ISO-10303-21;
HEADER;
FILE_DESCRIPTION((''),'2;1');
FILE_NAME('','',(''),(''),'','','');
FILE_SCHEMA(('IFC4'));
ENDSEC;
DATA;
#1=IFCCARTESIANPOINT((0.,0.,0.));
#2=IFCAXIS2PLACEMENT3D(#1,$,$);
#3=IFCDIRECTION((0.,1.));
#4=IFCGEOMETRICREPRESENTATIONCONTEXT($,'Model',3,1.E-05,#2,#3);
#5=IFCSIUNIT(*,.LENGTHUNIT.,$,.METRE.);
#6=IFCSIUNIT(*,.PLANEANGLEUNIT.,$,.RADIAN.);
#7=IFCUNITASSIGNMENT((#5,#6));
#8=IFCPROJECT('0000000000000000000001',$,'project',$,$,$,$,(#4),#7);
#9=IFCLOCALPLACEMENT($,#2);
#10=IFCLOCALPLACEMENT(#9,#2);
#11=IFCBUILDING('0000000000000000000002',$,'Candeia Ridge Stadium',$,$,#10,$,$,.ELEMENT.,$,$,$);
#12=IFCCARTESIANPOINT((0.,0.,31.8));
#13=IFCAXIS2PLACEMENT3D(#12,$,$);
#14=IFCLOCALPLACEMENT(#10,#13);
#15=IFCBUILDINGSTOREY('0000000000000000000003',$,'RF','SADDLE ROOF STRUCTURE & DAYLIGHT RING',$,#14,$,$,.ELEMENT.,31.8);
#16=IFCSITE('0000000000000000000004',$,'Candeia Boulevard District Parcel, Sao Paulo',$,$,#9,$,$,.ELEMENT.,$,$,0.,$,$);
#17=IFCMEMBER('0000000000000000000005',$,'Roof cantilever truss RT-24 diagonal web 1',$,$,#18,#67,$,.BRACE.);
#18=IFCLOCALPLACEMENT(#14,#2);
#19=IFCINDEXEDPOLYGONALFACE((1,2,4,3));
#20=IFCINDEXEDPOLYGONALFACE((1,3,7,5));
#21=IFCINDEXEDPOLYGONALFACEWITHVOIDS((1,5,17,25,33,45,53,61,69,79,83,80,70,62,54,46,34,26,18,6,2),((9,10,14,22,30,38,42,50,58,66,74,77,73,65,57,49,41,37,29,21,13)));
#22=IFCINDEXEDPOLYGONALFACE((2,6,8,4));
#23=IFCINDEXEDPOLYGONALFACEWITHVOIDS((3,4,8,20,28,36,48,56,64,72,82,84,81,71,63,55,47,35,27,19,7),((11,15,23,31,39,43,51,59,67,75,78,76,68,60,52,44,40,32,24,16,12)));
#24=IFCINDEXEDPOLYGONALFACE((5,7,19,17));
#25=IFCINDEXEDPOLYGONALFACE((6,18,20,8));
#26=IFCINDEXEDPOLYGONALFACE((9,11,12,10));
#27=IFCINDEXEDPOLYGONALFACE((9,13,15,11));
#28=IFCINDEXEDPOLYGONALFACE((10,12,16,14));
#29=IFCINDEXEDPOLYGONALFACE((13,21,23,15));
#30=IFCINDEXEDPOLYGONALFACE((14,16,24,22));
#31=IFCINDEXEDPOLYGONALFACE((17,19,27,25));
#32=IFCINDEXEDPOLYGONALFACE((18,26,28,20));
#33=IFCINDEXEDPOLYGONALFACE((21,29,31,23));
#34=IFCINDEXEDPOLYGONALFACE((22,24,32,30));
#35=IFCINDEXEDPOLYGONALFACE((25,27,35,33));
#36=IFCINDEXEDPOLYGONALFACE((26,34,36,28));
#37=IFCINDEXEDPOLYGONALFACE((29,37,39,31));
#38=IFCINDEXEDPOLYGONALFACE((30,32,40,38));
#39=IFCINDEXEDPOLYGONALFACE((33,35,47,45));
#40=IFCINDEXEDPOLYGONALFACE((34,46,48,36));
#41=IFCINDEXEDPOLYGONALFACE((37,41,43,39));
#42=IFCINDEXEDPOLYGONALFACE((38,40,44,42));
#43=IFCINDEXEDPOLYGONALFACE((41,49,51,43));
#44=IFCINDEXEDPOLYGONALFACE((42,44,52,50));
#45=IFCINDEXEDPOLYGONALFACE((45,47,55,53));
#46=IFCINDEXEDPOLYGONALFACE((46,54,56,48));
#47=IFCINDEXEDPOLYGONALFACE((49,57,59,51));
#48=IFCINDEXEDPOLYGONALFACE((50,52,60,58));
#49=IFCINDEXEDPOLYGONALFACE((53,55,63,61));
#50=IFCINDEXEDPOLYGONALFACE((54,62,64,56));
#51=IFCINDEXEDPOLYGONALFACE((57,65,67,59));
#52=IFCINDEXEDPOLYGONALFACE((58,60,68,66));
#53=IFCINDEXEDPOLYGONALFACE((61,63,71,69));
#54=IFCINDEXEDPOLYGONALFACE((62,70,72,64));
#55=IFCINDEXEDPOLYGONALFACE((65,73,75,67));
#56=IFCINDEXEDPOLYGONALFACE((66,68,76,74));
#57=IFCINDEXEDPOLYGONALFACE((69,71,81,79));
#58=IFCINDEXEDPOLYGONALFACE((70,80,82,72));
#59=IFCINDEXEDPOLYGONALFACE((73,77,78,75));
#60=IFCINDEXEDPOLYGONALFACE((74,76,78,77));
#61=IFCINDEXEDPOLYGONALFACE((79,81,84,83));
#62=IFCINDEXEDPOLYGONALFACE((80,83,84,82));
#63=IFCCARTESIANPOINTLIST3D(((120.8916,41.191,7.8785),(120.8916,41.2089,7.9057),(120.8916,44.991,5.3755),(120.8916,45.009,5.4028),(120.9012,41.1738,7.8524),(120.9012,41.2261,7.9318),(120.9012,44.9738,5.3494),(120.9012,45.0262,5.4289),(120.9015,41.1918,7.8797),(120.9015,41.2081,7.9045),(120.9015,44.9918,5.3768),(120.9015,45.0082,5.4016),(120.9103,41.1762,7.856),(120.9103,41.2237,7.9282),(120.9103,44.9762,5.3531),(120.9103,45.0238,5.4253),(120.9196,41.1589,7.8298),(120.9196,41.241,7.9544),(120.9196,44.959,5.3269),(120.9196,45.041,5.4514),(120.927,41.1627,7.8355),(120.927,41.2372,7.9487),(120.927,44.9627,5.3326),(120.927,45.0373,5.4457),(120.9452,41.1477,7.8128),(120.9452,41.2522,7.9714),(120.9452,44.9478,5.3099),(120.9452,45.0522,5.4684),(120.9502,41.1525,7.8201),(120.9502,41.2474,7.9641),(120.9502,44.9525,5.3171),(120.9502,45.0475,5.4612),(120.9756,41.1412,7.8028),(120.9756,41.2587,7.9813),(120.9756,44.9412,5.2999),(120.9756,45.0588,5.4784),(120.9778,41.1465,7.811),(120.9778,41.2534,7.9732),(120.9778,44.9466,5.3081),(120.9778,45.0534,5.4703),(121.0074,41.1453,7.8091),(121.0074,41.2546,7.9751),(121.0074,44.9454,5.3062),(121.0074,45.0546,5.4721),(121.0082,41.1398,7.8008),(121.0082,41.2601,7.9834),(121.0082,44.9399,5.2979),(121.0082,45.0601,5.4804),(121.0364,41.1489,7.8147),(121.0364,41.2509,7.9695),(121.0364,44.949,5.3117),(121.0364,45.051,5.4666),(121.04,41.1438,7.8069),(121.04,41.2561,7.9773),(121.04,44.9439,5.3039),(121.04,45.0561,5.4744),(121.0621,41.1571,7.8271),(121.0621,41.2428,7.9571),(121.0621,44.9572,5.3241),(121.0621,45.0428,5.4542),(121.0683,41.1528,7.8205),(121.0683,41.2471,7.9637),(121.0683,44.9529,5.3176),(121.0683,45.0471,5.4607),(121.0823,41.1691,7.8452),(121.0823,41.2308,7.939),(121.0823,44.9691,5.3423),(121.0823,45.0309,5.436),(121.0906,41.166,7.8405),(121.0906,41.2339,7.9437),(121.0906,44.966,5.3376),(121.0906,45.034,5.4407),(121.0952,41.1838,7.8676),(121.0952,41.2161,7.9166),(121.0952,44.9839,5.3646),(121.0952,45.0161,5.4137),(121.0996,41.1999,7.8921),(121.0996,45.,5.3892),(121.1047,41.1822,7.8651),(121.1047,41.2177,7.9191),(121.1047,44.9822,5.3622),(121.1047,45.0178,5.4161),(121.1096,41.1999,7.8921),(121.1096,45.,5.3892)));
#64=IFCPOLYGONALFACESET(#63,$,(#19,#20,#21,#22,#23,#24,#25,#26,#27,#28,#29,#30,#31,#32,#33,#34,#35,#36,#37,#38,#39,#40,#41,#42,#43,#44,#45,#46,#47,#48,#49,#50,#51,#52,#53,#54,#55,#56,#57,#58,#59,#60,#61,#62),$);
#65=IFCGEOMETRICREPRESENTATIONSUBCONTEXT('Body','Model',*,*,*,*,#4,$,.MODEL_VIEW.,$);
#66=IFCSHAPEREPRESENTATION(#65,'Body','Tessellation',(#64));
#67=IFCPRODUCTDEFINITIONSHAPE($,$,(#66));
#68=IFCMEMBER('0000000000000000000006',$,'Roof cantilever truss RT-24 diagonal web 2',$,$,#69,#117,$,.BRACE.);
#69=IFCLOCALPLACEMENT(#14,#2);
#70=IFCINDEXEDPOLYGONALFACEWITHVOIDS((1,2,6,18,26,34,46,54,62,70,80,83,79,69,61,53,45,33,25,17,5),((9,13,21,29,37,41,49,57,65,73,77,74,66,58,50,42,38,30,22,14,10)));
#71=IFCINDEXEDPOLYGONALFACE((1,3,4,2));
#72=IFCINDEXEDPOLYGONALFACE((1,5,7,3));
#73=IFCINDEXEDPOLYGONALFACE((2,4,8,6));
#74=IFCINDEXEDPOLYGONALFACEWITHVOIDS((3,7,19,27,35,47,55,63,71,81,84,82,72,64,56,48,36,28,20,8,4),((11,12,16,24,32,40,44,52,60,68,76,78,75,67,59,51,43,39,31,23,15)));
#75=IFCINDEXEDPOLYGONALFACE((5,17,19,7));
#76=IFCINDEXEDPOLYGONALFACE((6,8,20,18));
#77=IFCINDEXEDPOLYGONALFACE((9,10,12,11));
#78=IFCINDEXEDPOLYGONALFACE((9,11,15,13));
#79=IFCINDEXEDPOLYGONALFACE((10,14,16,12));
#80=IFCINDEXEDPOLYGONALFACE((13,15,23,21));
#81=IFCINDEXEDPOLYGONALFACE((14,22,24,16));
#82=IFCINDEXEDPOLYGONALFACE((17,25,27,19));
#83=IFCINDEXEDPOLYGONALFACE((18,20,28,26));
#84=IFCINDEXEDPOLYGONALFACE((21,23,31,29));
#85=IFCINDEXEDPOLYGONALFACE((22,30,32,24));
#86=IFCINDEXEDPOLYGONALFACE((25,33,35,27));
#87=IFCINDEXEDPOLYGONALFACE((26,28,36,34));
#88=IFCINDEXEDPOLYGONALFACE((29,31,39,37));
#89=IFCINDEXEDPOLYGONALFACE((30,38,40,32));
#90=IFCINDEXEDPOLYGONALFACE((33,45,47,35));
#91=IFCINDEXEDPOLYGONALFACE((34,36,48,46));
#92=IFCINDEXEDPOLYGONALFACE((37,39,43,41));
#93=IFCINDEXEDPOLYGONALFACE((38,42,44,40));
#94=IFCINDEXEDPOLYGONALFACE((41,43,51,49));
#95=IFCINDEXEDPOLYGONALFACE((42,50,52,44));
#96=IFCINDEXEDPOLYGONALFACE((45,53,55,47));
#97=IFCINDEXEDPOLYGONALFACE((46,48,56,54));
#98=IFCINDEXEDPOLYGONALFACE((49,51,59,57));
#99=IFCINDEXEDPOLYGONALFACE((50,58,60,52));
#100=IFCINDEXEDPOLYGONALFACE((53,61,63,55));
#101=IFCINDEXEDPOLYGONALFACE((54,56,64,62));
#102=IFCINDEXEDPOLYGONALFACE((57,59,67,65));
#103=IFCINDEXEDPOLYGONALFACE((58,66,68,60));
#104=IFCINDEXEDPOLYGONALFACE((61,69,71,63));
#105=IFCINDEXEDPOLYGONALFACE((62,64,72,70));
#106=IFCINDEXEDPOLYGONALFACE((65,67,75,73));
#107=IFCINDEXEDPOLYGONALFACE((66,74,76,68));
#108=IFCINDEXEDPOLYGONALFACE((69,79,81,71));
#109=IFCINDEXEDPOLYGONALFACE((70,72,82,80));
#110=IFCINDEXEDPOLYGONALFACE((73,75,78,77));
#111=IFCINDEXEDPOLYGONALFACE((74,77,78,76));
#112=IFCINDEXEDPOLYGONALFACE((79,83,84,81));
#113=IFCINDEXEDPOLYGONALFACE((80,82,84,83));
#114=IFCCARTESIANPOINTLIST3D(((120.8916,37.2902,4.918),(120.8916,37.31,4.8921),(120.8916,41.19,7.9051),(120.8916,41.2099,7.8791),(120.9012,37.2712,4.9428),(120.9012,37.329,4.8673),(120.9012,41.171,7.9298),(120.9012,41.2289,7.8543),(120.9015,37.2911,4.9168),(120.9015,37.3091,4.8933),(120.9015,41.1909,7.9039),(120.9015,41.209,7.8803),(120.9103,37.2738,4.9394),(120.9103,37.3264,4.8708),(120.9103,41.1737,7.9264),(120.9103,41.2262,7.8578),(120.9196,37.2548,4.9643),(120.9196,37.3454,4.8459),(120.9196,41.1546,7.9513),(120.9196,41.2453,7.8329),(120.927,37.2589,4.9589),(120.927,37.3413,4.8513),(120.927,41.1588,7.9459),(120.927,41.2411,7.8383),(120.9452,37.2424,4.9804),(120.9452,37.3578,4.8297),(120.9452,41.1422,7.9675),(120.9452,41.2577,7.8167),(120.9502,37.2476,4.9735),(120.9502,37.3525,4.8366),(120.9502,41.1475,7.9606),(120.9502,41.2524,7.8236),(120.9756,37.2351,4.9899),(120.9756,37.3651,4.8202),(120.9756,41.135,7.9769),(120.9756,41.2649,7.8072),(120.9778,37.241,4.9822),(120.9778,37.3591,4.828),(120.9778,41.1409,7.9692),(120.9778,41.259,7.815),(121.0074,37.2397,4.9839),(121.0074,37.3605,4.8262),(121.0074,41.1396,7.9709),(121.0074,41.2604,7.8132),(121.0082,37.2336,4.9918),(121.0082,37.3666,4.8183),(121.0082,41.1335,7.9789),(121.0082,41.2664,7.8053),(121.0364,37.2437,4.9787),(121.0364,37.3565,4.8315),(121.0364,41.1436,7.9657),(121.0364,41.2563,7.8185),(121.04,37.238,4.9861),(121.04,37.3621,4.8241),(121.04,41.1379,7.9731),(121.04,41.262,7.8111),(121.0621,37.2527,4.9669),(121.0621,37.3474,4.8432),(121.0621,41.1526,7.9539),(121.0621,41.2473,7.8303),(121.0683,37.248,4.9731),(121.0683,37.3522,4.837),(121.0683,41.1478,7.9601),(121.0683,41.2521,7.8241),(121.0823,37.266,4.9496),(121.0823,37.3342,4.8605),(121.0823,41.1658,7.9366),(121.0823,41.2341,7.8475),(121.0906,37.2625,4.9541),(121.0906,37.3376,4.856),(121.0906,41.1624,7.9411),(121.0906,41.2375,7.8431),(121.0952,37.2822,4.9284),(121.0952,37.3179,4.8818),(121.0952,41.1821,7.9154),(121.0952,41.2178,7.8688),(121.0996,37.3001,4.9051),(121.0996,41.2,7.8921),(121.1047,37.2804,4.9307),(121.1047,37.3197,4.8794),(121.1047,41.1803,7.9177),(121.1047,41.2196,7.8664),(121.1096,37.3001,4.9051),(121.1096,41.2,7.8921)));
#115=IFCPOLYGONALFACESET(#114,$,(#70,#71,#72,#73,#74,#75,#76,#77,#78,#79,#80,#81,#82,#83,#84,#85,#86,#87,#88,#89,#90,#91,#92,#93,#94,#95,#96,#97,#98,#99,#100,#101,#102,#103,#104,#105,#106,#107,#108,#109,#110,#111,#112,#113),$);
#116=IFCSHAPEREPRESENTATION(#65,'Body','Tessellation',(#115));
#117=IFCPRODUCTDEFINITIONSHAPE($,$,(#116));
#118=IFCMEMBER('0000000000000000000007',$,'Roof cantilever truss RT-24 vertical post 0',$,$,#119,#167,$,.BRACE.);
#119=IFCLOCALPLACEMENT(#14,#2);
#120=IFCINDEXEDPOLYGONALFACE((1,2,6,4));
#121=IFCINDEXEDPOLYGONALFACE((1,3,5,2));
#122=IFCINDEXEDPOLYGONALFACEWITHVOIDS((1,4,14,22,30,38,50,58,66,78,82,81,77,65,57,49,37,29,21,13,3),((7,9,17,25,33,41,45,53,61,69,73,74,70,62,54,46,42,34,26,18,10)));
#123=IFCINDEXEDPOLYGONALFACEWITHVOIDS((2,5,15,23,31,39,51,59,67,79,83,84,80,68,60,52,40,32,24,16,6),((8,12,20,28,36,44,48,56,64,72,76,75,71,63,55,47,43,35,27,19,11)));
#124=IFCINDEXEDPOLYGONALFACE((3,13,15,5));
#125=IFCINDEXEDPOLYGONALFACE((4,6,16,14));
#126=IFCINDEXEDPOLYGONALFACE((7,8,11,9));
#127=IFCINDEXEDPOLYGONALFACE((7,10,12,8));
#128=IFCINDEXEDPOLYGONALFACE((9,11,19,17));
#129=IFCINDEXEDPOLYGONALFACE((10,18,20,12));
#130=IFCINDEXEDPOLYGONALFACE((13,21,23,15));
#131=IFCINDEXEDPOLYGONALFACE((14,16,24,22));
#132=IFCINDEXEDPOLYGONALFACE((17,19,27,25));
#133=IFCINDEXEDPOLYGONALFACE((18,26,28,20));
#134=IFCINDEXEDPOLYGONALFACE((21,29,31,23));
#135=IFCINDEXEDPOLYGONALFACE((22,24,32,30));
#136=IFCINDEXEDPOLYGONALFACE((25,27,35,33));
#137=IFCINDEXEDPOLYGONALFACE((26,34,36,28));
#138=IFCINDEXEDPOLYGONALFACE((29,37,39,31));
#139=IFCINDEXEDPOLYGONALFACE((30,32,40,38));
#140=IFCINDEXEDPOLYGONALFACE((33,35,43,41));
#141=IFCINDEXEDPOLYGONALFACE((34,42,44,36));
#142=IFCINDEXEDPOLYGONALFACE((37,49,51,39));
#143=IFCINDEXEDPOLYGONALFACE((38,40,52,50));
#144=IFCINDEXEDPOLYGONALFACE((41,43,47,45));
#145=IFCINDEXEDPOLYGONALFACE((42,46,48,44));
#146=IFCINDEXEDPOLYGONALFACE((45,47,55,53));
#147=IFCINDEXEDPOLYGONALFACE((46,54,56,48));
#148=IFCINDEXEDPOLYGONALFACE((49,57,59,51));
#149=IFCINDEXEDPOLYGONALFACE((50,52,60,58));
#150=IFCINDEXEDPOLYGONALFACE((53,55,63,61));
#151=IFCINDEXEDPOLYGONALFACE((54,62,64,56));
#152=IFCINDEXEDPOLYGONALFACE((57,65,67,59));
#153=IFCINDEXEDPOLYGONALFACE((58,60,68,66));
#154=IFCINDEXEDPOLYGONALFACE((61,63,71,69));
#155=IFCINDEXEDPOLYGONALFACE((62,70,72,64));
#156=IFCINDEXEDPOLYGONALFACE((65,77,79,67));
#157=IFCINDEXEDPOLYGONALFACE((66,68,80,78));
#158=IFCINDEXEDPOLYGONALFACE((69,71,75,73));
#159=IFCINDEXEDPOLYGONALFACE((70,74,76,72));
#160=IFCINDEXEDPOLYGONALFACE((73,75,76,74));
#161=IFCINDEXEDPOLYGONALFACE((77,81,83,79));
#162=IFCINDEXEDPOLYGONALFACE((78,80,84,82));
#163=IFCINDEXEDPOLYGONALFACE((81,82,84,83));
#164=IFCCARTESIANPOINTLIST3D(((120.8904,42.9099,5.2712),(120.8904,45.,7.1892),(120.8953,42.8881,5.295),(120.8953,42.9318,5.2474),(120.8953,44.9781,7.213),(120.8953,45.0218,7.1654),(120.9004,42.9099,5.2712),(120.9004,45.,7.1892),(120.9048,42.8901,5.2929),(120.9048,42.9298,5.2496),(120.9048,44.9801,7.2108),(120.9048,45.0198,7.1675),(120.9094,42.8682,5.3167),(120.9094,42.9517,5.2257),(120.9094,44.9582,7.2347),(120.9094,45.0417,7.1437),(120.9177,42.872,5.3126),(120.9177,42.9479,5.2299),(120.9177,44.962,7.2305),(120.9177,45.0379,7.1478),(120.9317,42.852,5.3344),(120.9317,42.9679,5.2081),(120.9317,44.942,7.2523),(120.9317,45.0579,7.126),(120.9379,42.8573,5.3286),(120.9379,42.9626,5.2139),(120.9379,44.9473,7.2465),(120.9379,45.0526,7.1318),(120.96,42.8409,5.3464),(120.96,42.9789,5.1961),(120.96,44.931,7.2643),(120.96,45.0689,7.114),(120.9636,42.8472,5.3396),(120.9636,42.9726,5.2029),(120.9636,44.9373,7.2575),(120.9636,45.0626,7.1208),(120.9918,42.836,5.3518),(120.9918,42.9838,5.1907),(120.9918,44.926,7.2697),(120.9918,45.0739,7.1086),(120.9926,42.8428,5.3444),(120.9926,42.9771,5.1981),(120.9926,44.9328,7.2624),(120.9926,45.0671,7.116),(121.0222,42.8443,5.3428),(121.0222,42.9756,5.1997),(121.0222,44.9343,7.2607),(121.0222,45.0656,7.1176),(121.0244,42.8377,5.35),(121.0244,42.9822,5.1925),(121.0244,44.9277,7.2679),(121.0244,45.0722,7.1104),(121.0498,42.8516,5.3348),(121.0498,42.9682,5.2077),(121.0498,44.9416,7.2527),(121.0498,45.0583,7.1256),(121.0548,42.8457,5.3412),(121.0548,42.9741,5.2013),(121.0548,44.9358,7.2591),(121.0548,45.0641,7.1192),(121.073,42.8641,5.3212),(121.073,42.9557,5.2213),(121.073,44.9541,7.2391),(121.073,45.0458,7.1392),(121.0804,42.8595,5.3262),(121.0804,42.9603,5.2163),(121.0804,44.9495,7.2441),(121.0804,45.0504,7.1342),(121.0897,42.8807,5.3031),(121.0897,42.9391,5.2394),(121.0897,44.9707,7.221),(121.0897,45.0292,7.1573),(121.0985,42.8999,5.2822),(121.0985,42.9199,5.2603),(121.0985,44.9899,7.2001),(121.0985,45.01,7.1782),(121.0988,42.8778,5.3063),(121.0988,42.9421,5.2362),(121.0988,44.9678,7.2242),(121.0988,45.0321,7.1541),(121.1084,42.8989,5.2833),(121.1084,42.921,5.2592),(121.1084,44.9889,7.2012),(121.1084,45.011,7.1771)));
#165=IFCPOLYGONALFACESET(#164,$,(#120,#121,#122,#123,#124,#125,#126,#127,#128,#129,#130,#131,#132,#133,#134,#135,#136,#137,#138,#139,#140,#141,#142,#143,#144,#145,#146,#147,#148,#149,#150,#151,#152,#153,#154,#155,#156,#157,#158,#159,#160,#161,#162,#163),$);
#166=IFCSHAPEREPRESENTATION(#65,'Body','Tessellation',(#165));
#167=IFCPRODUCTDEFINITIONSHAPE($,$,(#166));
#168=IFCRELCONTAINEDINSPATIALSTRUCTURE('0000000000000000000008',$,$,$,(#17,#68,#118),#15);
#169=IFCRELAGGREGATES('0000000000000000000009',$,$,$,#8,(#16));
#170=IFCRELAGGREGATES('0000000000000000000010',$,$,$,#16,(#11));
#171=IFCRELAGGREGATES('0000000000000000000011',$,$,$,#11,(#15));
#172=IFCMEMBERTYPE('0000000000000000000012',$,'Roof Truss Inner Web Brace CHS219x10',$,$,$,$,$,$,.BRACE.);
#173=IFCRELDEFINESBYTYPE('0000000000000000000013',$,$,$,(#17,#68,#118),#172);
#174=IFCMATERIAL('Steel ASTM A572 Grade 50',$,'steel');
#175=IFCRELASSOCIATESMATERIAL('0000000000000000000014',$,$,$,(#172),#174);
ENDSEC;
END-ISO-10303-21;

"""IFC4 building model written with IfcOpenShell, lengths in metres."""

from ifc_helpers import new_model, si_unit, direction, frame, origin, origin_2d, place, context, subcontext, project, spatial, hollow_circle, extrude, material, material_profile, profile_set, type_object, element, save


model = new_model("IFC4")

# Units and contexts
model_context = context("Model", 3, precision=1e-05, world=origin(), true_north=direction((0.0, 1.0)))
body_context = subcontext(model_context, "Body", "Model", "MODEL_VIEW")
ifc_project = project(units=[si_unit("LENGTHUNIT", "METRE"), si_unit("PLANEANGLEUNIT", "RADIAN")], contexts=[model_context])

# Site, building, storey
site_placement = place(None, origin())
site = spatial("IfcSite", under=ifc_project, at=site_placement, Name="Candeia Boulevard District Parcel, Sao Paulo", CompositionType="ELEMENT", RefElevation=0.0)
building_placement = place(site_placement, origin())
building = spatial("IfcBuilding", under=site, at=building_placement, Name="Candeia Ridge Stadium", CompositionType="ELEMENT")
storey_placement = place(building_placement, frame((0.0, 0.0, 31.8)))
storey = spatial("IfcBuildingStorey", under=building, at=storey_placement, Name="RF", Description="SADDLE ROOF STRUCTURE & DAYLIGHT RING", CompositionType="ELEMENT", Elevation=31.8)

# Shared definitions
ifc_material_1 = material(Name="Steel ASTM A572 Grade 50", Category="steel")

# Members
ifc_material_profile_1 = material_profile(ifc_material_1, hollow_circle(Radius=0.1096, WallThickness=0.01, at=origin_2d()), Name="CHS219x10", Category="steel")
ifc_profile_set_1 = profile_set([ifc_material_profile_1], Name="Steel ASTM A572 Grade 50")
member_type_1 = type_object("IfcMemberType", Name="Roof Truss Inner Web Brace CHS219x10", PredefinedType="BRACE", material=ifc_profile_set_1)
member_1_placement = place(storey_placement, frame((121.0, 45.0, 5.3892), z_axis=(0.0, -0.835125, 0.550061), x_axis=(1.0, 0.0, 0.0)))
element("IfcMember", 1, at=member_1_placement, inside=storey, type_object=member_type_1, Name="Roof cantilever truss RT-24 diagonal web 1", PredefinedType="BRACE", context=body_context, shape_type="SweptSolid", body=[
    extrude(hollow_circle(Radius=0.1096, WallThickness=0.01, at=origin_2d()), origin(), (0.0, 0.0, 1.0), 4.5503),
])
member_2_placement = place(storey_placement, frame((121.0, 41.2, 7.8921), z_axis=(0.0, -0.793888, -0.608064), x_axis=(1.0, 0.0, 0.0)))
element("IfcMember", 2, at=member_2_placement, inside=storey, type_object=member_type_1, Name="Roof cantilever truss RT-24 diagonal web 2", PredefinedType="BRACE", context=body_context, shape_type="SweptSolid", body=[
    extrude(hollow_circle(Radius=0.1096, WallThickness=0.01, at=origin_2d()), origin(), (0.0, 0.0, 1.0), 4.9124),
])
member_3_placement = place(storey_placement, frame((121.0, 42.9099, 5.2712), z_axis=(0.0, 0.736793, 0.676118), x_axis=(-1.0, 0.0, 0.0)))
element("IfcMember", 3, at=member_3_placement, inside=storey, type_object=member_type_1, Name="Roof cantilever truss RT-24 vertical post 0", PredefinedType="BRACE", context=body_context, shape_type="SweptSolid", body=[
    extrude(hollow_circle(Radius=0.1096, WallThickness=0.01, at=origin_2d()), origin(), (0.0, 0.0, 1.0), 2.8367),
])

save(model, "model.ifc")
